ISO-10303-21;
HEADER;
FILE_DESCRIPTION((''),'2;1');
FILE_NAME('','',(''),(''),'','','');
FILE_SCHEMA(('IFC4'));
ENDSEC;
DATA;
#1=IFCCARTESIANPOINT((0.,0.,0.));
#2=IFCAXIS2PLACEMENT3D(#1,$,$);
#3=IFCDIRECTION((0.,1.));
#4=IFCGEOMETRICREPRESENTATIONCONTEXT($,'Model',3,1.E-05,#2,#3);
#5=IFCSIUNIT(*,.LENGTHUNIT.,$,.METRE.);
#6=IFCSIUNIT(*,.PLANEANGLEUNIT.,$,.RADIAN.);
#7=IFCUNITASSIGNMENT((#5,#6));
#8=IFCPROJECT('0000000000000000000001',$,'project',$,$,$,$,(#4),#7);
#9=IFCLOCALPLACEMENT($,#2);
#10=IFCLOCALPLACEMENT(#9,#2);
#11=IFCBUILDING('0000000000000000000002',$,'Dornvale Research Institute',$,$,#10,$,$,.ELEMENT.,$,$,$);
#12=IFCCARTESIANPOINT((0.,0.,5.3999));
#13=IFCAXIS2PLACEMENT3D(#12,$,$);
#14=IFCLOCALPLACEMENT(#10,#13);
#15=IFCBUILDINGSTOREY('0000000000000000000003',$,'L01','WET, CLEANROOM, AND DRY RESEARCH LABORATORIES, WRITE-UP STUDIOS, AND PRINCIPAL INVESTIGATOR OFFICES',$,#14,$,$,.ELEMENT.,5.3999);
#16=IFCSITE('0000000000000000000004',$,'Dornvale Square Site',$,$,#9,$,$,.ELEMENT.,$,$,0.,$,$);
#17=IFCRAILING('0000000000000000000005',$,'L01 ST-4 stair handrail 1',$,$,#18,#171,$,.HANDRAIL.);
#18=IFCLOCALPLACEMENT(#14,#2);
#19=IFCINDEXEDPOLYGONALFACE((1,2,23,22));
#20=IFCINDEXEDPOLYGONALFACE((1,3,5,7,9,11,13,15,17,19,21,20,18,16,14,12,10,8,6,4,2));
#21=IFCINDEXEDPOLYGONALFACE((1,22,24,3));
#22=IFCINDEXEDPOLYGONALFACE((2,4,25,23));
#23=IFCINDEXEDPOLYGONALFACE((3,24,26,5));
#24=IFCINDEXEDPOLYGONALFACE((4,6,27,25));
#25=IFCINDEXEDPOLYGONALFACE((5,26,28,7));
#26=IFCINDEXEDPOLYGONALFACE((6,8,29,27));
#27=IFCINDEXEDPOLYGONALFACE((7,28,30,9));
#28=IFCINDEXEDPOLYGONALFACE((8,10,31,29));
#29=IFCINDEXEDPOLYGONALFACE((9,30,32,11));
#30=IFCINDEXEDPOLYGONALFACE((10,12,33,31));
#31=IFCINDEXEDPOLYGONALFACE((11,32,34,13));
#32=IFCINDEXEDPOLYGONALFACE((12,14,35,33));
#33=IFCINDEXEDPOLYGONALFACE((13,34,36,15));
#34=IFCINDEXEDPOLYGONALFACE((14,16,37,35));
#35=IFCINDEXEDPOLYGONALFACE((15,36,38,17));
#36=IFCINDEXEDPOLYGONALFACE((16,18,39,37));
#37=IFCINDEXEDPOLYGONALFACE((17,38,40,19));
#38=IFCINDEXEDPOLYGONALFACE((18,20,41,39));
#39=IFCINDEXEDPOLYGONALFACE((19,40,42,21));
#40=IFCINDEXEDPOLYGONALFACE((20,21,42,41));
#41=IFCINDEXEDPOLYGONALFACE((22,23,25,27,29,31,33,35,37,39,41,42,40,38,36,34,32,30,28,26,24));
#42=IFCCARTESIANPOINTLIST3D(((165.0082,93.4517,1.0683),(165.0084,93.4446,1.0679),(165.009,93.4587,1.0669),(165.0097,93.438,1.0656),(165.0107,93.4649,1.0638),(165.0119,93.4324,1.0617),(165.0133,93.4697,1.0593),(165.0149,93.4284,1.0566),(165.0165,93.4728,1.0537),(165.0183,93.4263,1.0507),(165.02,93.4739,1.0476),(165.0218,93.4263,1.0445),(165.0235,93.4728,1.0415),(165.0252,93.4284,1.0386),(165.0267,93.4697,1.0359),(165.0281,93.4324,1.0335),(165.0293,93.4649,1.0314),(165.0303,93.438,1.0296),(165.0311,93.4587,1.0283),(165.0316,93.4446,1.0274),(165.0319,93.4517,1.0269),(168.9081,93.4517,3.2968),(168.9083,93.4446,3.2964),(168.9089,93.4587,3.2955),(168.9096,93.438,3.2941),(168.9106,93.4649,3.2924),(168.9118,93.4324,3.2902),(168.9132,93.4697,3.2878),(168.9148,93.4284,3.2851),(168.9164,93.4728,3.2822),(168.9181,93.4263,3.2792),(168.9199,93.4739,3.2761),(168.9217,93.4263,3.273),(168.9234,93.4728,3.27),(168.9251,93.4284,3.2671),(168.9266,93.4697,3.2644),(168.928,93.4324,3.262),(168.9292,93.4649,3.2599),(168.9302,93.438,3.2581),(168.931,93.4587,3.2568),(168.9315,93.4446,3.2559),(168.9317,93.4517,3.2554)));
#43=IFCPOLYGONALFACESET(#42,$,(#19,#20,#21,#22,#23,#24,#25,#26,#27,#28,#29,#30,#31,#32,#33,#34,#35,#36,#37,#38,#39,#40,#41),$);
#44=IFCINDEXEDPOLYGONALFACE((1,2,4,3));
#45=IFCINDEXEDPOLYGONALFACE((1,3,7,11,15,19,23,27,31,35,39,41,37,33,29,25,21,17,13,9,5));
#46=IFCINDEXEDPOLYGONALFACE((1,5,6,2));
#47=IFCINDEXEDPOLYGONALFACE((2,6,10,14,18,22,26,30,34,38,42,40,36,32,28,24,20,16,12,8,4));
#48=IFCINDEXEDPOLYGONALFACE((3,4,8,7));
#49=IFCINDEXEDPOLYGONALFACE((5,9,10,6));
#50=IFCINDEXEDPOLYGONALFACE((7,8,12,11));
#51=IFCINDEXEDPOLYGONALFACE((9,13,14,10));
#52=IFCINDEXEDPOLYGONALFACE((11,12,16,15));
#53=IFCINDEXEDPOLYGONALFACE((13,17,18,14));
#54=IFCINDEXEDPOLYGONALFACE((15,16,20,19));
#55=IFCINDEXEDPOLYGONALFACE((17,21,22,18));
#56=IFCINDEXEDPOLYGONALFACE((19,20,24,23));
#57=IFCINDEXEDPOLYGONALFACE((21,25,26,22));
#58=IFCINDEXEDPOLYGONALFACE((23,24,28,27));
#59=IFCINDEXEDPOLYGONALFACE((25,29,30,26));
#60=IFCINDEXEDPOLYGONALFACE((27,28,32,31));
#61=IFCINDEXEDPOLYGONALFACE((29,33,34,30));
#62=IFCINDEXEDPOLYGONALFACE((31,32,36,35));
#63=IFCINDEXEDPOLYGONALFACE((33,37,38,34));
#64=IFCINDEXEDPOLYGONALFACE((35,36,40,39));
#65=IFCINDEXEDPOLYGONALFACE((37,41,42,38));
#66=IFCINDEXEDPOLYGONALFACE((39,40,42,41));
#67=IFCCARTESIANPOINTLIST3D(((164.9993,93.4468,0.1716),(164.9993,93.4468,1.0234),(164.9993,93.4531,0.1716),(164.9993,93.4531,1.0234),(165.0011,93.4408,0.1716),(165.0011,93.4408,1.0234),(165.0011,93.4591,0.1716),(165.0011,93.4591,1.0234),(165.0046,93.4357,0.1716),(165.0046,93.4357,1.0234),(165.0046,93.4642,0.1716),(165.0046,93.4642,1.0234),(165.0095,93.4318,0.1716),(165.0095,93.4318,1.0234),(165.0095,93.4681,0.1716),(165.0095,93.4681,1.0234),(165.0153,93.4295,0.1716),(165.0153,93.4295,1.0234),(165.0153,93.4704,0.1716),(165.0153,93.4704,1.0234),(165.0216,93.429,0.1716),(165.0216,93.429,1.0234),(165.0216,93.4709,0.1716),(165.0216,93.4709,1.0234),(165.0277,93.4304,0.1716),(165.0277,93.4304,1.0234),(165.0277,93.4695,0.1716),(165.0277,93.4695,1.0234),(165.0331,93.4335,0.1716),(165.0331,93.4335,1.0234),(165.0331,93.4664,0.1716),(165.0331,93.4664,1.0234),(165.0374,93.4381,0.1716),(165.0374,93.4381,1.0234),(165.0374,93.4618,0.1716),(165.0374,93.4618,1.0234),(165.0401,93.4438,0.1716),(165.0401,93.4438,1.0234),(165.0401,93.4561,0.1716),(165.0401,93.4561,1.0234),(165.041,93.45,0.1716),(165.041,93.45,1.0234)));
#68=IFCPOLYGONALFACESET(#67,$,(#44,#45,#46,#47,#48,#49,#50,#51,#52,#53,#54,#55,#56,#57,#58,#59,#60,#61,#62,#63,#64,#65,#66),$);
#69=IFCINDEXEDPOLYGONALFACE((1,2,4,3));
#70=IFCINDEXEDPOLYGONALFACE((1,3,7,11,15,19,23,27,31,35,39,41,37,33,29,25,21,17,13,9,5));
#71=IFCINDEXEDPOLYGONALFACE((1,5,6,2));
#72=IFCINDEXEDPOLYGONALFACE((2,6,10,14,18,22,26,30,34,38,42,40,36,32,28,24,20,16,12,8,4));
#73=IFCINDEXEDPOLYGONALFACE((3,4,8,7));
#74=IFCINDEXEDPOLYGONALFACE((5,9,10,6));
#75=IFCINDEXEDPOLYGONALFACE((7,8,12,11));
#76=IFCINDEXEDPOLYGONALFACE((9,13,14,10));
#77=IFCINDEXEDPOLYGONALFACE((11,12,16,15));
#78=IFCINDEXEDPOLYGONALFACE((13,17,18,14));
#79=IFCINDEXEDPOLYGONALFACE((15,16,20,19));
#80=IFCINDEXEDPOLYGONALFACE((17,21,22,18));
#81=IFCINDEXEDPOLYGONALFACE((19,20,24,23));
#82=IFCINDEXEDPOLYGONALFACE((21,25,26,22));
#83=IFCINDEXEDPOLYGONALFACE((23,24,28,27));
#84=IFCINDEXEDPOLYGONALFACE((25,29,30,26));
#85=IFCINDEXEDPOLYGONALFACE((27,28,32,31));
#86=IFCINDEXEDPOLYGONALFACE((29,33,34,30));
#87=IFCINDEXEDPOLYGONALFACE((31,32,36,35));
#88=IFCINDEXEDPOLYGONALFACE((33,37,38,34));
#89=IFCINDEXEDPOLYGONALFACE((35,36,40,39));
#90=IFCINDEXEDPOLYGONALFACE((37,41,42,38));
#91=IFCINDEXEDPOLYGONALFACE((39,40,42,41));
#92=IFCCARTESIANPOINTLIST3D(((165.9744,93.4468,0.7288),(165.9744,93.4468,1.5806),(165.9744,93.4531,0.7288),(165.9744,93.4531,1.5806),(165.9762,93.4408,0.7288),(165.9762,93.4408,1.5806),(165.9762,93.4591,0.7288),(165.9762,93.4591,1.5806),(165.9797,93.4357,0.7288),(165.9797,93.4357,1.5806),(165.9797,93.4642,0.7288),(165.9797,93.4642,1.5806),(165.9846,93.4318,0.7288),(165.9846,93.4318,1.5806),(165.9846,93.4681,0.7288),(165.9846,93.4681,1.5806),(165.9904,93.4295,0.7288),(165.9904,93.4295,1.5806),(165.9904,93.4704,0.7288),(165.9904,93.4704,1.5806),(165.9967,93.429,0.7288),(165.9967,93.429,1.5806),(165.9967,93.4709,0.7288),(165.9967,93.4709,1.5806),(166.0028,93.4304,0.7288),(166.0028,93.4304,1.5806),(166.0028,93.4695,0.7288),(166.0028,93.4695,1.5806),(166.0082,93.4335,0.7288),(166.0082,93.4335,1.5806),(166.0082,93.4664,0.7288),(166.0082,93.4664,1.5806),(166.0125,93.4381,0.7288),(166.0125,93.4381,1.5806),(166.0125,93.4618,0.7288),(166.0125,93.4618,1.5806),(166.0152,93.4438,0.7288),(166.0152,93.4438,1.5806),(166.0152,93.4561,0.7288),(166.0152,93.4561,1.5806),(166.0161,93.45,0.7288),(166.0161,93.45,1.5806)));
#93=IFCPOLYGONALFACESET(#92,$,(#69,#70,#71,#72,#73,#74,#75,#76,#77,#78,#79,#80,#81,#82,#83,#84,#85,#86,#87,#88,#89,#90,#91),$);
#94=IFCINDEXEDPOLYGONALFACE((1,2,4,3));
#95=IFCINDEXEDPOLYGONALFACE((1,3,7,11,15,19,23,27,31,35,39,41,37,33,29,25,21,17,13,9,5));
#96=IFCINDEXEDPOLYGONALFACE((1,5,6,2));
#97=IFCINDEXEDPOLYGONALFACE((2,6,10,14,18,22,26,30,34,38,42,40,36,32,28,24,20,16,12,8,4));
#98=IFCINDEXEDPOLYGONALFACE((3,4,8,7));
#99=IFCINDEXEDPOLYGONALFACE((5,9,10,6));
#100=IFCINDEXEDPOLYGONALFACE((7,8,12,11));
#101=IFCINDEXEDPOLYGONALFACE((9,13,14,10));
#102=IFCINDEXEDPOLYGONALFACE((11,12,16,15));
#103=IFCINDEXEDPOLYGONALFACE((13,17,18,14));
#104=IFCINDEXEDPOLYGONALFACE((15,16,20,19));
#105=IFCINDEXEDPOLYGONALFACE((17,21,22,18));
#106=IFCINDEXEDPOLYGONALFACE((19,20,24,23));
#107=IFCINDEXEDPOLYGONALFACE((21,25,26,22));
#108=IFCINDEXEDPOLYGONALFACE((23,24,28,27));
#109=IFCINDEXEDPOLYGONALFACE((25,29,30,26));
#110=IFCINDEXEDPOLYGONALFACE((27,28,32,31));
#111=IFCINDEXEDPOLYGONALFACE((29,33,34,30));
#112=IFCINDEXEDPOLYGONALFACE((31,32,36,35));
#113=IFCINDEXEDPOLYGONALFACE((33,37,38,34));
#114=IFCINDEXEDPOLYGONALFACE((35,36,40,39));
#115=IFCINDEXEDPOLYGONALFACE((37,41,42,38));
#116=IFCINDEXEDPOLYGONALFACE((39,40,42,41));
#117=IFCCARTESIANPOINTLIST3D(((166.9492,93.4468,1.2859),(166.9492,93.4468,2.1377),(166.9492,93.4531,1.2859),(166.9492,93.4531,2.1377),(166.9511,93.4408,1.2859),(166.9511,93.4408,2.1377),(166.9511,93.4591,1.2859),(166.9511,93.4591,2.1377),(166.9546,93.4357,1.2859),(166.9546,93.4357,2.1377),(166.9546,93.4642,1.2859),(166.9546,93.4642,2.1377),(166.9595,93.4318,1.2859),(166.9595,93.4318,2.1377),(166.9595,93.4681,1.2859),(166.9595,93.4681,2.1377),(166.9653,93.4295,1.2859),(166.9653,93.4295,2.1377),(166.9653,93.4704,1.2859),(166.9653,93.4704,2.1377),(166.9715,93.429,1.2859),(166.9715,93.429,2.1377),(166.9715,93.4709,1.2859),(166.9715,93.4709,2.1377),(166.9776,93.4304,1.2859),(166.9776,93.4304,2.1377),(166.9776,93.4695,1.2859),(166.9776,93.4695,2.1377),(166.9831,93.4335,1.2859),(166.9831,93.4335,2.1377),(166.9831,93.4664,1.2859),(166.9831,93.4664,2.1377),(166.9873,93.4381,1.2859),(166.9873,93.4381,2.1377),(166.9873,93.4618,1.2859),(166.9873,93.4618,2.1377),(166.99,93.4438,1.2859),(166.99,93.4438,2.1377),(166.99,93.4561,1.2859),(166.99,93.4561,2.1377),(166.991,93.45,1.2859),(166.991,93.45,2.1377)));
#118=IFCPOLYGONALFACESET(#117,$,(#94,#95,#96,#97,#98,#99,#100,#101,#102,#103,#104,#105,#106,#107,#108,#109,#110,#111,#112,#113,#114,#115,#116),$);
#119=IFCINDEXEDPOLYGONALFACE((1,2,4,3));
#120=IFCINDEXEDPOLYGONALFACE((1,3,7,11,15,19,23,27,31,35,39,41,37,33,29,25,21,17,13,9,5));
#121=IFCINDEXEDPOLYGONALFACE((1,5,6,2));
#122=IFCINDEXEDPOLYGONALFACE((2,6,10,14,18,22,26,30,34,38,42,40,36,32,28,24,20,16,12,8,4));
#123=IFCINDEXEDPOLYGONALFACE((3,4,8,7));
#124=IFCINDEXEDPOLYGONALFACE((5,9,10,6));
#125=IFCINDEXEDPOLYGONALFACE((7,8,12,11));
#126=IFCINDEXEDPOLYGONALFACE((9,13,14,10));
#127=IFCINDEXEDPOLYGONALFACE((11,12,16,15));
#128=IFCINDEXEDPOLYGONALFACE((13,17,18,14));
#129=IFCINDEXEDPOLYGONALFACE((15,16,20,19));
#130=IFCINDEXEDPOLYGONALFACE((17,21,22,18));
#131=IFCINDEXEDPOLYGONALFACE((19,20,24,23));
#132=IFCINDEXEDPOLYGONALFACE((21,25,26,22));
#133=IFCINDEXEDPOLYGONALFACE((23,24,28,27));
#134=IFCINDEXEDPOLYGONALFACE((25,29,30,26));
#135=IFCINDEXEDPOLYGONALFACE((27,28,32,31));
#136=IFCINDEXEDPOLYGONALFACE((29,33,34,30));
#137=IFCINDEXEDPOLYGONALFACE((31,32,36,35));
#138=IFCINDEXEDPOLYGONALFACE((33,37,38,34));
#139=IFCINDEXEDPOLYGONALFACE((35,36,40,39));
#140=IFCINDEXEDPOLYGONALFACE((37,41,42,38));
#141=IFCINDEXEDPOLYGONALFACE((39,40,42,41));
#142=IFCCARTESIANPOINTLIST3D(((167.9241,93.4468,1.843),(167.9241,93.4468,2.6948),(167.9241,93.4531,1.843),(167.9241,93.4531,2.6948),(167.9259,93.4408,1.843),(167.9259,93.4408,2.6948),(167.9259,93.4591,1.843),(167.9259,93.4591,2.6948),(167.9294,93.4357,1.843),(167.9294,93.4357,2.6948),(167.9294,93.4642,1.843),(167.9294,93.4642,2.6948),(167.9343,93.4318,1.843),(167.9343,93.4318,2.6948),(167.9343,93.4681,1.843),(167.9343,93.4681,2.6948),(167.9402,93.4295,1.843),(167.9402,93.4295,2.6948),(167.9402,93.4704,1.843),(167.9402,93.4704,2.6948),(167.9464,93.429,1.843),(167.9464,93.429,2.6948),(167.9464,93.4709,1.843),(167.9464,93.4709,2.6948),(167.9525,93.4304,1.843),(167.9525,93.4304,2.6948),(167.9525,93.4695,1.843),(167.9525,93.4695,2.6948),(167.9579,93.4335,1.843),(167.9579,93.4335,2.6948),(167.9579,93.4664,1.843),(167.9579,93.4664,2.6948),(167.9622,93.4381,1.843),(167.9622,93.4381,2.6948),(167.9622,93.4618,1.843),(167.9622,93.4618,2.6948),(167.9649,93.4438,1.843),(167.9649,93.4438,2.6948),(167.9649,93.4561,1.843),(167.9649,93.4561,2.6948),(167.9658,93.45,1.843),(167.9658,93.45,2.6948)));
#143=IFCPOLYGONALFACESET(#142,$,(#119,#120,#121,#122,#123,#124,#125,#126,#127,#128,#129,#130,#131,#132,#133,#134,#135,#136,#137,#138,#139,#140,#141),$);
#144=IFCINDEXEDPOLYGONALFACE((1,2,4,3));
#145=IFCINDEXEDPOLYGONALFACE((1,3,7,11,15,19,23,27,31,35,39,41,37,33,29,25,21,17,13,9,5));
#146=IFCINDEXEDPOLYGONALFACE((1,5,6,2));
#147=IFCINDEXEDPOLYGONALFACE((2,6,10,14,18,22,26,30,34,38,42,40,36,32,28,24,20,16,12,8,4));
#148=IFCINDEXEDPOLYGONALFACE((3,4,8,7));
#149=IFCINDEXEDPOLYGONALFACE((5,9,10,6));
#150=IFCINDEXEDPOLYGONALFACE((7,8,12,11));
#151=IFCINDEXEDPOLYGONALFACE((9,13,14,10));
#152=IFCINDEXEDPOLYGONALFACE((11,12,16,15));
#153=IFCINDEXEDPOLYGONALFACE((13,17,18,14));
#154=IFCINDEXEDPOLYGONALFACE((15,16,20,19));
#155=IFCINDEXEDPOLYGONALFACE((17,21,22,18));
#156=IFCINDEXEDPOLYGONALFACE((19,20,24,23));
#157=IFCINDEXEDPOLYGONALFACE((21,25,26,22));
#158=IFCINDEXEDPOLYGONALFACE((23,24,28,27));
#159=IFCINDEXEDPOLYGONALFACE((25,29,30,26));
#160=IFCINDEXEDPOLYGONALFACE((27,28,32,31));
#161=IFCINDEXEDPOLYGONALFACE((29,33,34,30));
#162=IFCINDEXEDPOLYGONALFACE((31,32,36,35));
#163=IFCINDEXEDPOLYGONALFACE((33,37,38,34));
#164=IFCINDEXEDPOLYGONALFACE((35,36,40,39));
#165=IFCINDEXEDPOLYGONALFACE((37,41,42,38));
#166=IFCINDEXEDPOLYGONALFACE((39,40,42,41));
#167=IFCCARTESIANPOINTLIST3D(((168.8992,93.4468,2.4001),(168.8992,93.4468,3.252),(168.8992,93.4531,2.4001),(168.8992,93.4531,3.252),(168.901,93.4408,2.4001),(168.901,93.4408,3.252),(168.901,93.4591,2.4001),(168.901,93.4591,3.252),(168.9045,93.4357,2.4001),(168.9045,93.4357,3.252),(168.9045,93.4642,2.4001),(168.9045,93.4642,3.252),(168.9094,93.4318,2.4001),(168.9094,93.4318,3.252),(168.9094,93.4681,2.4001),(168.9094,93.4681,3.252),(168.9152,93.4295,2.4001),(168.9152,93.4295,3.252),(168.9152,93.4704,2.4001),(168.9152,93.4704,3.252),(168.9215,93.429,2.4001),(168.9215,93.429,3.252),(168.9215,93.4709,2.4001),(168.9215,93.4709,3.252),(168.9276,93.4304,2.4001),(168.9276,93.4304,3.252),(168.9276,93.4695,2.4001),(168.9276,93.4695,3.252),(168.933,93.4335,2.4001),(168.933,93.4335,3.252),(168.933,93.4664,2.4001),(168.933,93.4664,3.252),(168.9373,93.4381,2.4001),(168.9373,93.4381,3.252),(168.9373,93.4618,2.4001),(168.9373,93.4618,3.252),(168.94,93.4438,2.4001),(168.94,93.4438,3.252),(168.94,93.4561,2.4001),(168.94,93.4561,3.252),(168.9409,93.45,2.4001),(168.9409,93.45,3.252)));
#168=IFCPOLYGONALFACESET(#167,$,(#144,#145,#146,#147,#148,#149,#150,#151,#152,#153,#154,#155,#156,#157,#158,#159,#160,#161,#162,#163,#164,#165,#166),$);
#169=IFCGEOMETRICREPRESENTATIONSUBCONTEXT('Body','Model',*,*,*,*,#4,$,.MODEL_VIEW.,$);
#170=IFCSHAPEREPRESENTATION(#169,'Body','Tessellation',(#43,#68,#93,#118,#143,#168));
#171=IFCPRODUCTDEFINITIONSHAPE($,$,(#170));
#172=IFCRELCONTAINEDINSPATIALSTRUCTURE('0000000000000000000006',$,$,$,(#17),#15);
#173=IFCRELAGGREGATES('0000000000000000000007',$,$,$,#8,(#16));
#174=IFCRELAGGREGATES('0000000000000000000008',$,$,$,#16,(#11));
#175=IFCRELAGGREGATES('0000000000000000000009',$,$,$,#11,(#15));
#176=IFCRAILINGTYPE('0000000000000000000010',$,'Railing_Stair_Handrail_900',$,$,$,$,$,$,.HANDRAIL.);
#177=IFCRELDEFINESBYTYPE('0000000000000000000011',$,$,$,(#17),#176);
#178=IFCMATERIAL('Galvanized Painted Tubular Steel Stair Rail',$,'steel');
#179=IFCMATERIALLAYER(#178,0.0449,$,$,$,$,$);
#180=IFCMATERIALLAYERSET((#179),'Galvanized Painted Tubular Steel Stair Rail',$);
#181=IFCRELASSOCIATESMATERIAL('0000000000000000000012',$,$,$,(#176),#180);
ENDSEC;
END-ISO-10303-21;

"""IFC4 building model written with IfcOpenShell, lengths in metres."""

from ifc_helpers import new_model, si_unit, direction, frame, origin, origin_2d, place, context, subcontext, project, spatial, circle, extrude, material, layer, layer_set, type_object, element, save


model = new_model("IFC4")

# Units and contexts
model_context = context("Model", 3, precision=1e-05, world=origin(), true_north=direction((0.0, 1.0)))
body_context = subcontext(model_context, "Body", "Model", "MODEL_VIEW")
ifc_project = project(units=[si_unit("LENGTHUNIT", "METRE"), si_unit("PLANEANGLEUNIT", "RADIAN")], contexts=[model_context])

# Site, building, storey
site_placement = place(None, origin())
site = spatial("IfcSite", under=ifc_project, at=site_placement, Name="Dornvale Square Site", CompositionType="ELEMENT", RefElevation=0.0)
building_placement = place(site_placement, origin())
building = spatial("IfcBuilding", under=site, at=building_placement, Name="Dornvale Research Institute", CompositionType="ELEMENT")
storey_placement = place(building_placement, frame((0.0, 0.0, 5.3999)))
storey = spatial("IfcBuildingStorey", under=building, at=storey_placement, Name="L01", Description="WET, CLEANROOM, AND DRY RESEARCH LABORATORIES, WRITE-UP STUDIOS, AND PRINCIPAL INVESTIGATOR OFFICES", CompositionType="ELEMENT", Elevation=5.3999)

# Railing
ifc_material_1 = material(Name="Galvanized Painted Tubular Steel Stair Rail", Category="steel")
ifc_layer_1 = layer(ifc_material_1, 0.0449)
ifc_layer_set_1 = layer_set([ifc_layer_1], Name="Galvanized Painted Tubular Steel Stair Rail")
railing_type_1 = type_object("IfcRailingType", Name="Railing_Stair_Handrail_900", PredefinedType="HANDRAIL", material=ifc_layer_set_1)
railing_1_placement = place(storey_placement, frame((165.02, 93.45, 0.1716)))
element("IfcRailing", 1, at=railing_1_placement, inside=storey, type_object=railing_type_1, Name="L01 ST-4 stair handrail 1", PredefinedType="HANDRAIL", context=body_context, shape_type="SweptSolid", body=[
    extrude(circle(Radius=0.0239, at=origin_2d()), frame((0.0, 0.0, 0.876), z_axis=(0.868243, 0.0, 0.496139), x_axis=(0.0, 1.0, 0.0)), (0.0, 0.0, 1.0), 4.4917),
    extrude(circle(Radius=0.021, at=origin_2d()), origin(), (0.0, 0.0, 1.0), 0.8518),
    extrude(circle(Radius=0.021, at=origin_2d()), frame((0.9751, 0.0, 0.5571)), (0.0, 0.0, 1.0), 0.8518),
    extrude(circle(Radius=0.021, at=origin_2d()), frame((1.95, 0.0, 1.1143)), (0.0, 0.0, 1.0), 0.8518),
    extrude(circle(Radius=0.021, at=origin_2d()), frame((2.9248, 0.0, 1.6714)), (0.0, 0.0, 1.0), 0.8518),
    extrude(circle(Radius=0.021, at=origin_2d()), frame((3.8999, 0.0, 2.2285)), (0.0, 0.0, 1.0), 0.8518),
])

save(model, "model.ifc")
